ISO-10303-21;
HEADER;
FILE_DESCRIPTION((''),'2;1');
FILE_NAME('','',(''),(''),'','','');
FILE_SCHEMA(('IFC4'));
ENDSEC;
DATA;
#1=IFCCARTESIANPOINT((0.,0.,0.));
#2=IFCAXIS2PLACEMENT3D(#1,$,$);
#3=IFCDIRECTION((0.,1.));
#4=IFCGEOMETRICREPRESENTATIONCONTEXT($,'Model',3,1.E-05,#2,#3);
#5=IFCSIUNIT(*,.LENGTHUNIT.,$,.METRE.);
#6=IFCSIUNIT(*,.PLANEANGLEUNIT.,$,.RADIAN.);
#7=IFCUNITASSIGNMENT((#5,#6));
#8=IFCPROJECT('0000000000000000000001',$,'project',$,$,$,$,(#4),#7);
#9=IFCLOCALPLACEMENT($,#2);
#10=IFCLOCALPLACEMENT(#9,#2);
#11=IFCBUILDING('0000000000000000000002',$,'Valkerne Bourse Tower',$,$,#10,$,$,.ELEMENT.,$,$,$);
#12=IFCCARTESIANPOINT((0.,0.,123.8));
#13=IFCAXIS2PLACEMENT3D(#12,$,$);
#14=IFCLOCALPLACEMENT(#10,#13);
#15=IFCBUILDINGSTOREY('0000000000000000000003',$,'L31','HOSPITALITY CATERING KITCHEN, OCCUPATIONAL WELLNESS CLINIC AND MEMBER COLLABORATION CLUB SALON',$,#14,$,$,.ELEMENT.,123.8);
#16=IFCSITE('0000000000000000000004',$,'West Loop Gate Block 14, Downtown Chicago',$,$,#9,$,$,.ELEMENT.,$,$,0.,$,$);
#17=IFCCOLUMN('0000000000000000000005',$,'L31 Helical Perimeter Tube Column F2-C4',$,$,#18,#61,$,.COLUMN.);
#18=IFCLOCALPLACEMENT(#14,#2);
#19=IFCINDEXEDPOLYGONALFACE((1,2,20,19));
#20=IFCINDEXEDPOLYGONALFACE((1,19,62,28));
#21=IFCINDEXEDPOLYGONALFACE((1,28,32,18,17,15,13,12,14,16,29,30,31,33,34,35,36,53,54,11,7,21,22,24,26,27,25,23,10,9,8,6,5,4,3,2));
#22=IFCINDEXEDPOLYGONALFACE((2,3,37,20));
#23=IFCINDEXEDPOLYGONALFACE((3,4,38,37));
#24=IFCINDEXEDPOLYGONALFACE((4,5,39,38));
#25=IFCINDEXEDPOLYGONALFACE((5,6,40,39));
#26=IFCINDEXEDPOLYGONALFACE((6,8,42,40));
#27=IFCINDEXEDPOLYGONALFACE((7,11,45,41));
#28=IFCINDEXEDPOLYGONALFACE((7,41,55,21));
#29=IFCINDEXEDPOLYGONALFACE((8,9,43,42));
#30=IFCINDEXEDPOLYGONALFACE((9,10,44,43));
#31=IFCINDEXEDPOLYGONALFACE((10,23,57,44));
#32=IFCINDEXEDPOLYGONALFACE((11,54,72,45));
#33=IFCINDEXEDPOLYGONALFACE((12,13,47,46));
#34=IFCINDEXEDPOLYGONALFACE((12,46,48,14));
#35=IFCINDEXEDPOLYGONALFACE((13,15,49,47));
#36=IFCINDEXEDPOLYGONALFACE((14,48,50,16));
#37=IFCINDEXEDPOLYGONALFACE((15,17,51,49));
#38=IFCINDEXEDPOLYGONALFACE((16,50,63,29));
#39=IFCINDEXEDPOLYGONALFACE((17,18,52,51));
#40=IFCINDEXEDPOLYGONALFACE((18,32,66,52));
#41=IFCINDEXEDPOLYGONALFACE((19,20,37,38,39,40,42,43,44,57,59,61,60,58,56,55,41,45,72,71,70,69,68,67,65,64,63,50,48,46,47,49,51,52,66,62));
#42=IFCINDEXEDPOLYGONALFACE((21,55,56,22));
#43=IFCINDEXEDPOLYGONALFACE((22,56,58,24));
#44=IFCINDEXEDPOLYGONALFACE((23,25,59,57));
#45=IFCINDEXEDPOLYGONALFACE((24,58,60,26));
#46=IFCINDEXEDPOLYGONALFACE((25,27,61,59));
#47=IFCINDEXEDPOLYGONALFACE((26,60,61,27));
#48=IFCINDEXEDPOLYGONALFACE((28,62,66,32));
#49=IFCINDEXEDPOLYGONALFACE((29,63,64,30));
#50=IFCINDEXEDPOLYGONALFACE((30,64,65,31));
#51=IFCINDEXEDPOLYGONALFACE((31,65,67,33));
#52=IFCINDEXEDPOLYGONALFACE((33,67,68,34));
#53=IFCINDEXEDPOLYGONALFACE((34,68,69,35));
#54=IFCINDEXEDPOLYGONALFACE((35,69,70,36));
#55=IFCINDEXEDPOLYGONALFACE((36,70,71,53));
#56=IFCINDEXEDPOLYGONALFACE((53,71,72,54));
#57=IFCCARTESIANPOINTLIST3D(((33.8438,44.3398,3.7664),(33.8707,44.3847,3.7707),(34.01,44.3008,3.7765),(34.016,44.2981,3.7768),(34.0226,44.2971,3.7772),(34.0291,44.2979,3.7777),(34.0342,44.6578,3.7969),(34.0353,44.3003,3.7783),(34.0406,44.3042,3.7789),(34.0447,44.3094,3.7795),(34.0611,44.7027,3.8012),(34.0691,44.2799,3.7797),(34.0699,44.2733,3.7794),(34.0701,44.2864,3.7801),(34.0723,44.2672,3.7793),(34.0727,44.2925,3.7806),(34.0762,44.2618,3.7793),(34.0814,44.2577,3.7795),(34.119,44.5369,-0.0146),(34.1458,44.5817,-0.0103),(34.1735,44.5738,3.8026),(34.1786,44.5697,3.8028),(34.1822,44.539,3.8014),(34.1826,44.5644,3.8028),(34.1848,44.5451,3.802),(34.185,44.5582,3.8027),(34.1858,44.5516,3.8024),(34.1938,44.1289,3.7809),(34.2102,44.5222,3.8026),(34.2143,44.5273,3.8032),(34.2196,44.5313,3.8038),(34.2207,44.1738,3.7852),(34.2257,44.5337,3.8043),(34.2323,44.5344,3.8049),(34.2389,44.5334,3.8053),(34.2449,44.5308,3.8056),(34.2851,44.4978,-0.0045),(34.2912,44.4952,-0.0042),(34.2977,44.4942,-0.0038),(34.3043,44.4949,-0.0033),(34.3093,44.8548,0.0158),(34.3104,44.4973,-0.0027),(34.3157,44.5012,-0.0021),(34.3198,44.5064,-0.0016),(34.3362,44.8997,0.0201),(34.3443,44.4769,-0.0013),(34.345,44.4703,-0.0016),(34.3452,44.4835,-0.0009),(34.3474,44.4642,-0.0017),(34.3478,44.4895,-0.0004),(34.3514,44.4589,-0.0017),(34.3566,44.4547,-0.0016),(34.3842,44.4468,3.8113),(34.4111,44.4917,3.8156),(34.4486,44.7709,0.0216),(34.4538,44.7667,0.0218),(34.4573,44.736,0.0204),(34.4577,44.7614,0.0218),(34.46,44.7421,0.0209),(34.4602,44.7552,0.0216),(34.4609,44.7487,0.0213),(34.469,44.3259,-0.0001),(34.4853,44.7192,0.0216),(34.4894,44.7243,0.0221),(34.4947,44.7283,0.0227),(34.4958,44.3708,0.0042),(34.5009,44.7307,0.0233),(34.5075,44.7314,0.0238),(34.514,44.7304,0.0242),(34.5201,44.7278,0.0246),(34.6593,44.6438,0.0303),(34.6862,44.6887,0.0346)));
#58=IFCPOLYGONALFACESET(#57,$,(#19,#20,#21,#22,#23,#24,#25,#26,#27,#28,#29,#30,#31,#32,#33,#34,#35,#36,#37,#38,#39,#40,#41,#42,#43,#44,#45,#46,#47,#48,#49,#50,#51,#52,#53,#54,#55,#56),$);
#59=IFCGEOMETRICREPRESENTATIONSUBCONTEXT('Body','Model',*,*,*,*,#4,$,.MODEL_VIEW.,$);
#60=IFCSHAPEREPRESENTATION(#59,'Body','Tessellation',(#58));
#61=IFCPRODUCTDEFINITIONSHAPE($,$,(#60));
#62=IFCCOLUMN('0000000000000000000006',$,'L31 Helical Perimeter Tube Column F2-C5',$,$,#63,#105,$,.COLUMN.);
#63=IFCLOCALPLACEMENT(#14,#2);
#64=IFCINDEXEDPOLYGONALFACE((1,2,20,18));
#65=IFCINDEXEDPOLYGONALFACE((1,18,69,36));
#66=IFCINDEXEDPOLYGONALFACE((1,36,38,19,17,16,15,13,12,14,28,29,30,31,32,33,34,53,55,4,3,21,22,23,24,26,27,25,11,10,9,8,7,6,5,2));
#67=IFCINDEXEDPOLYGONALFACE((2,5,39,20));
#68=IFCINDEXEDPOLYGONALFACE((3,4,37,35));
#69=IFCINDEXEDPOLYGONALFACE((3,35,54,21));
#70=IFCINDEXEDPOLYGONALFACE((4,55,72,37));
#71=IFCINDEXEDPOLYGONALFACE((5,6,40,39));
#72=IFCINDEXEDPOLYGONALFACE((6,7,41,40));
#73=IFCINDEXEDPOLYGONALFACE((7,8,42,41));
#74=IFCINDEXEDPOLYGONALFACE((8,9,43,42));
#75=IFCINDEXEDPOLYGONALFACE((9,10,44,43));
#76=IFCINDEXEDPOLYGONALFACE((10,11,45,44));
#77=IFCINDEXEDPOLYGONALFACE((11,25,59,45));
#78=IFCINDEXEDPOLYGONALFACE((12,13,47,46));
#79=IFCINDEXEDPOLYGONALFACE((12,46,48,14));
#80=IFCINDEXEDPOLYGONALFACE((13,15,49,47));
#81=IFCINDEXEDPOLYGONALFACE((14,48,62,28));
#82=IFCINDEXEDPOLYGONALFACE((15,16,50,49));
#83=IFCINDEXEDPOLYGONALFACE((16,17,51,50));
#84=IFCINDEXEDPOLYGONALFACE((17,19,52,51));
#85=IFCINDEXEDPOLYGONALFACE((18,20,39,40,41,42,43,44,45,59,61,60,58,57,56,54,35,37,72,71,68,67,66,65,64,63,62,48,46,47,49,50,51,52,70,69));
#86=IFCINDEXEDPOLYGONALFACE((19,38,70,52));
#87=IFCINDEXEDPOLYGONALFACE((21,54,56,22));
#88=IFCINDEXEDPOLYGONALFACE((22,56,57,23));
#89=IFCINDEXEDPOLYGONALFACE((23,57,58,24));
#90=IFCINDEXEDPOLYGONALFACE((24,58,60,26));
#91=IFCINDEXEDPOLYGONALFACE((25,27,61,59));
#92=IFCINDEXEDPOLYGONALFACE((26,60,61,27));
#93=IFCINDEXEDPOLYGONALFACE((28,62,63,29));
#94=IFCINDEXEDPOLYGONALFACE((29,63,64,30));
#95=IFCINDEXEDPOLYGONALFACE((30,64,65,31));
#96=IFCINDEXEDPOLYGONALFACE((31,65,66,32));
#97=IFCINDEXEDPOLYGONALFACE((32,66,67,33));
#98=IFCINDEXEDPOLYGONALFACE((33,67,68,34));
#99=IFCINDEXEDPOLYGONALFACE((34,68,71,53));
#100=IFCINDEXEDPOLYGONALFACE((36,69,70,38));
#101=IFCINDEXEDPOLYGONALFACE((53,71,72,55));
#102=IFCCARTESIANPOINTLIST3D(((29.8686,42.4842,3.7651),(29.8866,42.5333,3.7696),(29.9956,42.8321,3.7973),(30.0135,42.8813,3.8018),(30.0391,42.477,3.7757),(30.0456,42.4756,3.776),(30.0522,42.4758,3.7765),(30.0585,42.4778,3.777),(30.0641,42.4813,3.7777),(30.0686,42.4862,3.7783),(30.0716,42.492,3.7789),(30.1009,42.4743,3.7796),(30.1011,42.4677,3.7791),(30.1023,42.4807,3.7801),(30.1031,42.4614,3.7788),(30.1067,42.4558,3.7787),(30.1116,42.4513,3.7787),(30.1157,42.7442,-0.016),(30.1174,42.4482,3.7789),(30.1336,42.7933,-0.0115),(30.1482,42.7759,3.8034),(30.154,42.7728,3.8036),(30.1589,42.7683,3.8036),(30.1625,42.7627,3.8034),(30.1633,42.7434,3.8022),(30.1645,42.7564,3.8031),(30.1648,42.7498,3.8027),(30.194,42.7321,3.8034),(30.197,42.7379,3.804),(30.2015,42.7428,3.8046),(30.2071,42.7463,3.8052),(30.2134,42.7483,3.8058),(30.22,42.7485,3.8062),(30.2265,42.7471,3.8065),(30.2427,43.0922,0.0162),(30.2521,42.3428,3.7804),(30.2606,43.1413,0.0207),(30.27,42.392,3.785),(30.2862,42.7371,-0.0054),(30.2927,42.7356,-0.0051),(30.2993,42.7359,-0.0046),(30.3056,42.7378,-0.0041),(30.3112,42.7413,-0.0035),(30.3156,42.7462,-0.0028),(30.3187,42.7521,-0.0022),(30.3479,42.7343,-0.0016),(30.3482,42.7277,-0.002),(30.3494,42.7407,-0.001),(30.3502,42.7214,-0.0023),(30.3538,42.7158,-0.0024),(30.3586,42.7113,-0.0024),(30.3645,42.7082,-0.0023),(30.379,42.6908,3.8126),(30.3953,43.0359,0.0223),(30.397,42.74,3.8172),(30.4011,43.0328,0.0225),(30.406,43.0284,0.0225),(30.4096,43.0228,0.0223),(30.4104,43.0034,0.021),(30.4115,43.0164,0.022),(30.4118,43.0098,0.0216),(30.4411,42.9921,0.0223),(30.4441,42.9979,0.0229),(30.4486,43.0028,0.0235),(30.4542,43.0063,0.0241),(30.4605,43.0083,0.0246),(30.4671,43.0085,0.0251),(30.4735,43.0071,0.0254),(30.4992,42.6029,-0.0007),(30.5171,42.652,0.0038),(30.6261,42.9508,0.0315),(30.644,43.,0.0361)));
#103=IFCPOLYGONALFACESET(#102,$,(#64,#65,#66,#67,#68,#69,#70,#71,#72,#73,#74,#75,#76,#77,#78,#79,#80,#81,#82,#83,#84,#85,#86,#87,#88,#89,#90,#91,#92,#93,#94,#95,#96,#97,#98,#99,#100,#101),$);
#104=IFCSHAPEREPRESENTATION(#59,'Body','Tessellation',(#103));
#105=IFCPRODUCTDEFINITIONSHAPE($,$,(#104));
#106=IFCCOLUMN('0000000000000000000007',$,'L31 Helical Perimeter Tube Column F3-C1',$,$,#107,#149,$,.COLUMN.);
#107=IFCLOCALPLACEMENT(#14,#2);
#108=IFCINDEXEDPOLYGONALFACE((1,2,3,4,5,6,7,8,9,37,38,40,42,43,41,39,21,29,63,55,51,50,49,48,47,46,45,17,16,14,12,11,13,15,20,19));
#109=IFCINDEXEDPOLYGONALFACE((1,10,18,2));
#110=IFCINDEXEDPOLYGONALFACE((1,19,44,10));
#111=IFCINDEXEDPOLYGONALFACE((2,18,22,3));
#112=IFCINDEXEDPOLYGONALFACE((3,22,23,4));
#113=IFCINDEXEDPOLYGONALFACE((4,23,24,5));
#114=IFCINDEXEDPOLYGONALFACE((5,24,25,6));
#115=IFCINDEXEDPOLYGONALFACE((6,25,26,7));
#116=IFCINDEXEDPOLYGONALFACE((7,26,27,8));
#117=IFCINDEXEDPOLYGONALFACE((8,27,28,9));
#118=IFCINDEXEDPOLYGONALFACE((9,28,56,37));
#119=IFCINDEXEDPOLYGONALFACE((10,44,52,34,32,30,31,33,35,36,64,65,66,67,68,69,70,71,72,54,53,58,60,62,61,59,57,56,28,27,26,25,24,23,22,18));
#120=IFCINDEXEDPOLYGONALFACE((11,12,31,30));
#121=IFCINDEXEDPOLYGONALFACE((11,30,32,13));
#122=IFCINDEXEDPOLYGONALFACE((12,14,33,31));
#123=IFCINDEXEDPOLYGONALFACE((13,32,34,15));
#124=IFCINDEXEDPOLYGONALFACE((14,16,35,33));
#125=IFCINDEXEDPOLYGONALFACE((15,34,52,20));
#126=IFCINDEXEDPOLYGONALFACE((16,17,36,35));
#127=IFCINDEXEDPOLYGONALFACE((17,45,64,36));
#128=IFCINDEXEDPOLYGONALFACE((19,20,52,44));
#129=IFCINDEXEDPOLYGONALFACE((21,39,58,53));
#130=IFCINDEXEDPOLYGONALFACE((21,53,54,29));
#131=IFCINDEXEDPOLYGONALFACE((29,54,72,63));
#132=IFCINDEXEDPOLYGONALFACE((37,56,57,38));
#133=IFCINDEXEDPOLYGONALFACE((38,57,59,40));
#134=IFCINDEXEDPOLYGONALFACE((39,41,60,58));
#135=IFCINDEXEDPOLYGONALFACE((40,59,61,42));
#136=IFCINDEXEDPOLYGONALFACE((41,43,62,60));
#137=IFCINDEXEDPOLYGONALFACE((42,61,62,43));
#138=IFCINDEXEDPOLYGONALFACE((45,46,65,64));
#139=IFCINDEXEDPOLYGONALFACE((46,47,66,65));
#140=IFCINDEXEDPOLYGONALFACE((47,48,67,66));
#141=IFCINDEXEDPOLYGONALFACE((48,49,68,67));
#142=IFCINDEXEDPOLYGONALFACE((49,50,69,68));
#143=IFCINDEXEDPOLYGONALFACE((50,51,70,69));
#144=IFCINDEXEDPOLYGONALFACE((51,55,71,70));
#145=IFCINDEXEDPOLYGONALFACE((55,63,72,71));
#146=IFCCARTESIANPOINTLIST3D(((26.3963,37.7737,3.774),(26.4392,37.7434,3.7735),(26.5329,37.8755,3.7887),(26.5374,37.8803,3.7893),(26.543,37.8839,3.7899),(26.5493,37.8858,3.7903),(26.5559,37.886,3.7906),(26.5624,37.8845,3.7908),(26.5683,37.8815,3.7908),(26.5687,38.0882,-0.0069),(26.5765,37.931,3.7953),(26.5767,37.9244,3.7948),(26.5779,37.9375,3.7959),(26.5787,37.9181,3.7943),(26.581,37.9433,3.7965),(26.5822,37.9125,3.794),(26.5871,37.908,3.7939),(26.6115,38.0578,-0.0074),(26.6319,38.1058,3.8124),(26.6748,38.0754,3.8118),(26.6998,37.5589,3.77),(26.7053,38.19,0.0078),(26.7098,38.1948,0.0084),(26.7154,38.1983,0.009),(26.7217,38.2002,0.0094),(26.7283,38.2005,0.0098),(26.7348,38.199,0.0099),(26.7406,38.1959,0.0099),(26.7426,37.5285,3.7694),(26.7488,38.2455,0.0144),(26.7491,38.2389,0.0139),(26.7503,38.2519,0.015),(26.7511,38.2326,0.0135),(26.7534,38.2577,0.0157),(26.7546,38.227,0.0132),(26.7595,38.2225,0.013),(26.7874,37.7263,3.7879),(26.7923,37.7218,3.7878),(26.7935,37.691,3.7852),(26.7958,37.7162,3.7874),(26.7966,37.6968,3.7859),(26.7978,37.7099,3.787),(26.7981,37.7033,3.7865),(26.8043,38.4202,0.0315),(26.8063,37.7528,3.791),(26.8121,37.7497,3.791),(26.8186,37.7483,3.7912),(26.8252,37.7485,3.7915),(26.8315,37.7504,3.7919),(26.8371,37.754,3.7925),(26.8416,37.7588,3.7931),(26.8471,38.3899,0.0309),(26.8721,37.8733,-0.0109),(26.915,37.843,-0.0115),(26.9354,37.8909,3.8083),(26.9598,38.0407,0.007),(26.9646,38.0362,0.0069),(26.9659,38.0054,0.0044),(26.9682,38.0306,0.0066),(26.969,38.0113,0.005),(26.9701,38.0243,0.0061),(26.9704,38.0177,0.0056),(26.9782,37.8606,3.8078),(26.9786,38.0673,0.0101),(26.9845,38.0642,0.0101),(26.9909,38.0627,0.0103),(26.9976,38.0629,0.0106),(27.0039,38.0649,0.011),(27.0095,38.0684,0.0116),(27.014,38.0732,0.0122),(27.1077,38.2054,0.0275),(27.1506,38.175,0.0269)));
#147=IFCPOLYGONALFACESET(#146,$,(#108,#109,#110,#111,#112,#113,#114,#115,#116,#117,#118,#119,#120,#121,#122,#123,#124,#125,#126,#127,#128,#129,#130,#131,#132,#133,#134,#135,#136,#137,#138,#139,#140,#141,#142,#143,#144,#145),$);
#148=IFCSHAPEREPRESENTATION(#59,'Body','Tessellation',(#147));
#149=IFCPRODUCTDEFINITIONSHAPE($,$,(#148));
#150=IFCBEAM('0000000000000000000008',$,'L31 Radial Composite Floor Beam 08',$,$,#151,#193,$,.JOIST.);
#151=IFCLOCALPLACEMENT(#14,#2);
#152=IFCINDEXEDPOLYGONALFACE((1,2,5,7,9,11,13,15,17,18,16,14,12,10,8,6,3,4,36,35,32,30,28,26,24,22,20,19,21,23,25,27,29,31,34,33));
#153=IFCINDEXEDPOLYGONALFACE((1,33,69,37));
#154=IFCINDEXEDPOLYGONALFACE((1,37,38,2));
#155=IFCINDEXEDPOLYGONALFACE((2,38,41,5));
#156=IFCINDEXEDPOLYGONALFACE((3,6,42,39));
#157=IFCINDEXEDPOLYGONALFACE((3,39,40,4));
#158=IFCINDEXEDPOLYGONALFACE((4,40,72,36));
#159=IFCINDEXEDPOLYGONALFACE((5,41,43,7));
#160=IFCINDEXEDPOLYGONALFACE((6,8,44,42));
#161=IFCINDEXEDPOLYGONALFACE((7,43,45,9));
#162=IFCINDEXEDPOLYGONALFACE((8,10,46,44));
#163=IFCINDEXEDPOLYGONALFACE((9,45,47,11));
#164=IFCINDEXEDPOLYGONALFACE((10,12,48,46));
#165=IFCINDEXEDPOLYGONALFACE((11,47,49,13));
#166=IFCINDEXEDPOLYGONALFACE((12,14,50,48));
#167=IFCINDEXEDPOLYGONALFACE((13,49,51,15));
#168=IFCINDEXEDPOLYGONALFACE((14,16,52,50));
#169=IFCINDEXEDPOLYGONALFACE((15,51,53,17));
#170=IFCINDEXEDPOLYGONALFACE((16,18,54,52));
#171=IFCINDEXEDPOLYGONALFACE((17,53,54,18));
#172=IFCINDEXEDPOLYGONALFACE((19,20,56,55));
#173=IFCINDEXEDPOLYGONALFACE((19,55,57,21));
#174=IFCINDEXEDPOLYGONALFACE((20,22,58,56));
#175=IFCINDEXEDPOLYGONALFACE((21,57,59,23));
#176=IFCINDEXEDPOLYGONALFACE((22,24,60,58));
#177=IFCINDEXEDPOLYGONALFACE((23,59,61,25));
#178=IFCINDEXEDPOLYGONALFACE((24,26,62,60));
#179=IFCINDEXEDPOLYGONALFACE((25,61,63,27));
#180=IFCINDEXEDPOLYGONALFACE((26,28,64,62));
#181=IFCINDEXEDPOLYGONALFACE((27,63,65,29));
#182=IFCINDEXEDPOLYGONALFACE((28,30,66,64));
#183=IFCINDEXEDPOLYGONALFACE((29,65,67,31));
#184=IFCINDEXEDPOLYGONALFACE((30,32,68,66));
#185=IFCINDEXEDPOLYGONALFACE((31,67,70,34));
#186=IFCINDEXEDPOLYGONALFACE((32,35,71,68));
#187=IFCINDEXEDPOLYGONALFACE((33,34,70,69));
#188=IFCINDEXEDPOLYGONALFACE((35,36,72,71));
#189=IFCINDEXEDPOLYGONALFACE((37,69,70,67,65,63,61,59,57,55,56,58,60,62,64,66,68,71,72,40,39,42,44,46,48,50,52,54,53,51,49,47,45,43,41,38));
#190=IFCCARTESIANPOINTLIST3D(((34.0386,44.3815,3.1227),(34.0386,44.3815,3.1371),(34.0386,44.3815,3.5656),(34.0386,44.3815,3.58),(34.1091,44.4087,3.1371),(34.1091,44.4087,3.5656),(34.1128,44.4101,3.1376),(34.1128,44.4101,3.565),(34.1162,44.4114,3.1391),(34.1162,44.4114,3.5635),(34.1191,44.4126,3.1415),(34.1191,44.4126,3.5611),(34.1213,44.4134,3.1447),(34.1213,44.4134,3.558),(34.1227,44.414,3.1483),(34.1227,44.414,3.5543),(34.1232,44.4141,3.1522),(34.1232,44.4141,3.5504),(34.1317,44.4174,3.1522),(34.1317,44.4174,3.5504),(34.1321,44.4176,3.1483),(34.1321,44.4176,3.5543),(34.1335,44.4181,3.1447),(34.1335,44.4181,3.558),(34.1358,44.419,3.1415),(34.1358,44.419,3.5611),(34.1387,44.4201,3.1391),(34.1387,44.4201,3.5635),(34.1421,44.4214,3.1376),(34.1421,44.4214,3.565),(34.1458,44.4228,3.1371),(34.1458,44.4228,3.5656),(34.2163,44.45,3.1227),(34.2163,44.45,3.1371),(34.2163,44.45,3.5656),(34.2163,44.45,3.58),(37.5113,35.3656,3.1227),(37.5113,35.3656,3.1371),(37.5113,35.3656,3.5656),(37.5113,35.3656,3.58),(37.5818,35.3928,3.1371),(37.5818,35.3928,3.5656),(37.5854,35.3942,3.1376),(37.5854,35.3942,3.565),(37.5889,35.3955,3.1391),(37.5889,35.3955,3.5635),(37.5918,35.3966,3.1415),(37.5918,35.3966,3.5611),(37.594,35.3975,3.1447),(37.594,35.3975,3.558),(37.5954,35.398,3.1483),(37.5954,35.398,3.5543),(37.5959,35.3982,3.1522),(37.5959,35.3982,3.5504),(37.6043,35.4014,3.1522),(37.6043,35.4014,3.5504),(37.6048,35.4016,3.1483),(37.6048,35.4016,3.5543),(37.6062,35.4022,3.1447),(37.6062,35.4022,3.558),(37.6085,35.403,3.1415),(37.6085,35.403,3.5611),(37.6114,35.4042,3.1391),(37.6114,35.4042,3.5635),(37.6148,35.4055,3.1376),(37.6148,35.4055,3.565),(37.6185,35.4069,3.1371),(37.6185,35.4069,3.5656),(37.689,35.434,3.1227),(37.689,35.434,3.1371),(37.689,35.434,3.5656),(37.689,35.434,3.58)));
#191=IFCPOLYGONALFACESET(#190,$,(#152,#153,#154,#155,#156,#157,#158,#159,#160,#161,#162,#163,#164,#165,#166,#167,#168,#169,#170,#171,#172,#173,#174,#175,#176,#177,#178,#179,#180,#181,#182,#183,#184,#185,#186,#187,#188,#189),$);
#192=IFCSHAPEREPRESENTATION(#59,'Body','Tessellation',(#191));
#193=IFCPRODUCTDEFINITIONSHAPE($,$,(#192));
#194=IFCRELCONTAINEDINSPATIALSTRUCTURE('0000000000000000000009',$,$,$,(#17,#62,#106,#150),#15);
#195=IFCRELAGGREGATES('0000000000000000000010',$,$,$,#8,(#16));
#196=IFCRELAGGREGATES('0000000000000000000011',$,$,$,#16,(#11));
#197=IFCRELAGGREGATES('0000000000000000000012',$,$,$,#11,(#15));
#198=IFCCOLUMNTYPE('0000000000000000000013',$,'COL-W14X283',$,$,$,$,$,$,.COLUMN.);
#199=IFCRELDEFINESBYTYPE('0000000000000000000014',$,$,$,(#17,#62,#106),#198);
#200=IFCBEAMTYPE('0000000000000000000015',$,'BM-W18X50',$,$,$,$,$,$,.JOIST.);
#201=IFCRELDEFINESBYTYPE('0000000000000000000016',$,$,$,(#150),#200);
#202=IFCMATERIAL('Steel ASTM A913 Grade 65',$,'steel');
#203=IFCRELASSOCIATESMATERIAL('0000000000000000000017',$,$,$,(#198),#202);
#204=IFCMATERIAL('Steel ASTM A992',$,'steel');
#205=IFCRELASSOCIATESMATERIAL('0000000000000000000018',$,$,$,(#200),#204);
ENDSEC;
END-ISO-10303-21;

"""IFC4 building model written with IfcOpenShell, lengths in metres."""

from ifc_helpers import new_model, si_unit, direction, frame, origin, origin_2d, place, context, subcontext, project, spatial, i_section, extrude, material, material_profile, profile_set, type_object, element, save


model = new_model("IFC4")

# Units and contexts
model_context = context("Model", 3, precision=1e-05, world=origin(), true_north=direction((0.0, 1.0)))
body_context = subcontext(model_context, "Body", "Model", "MODEL_VIEW")
ifc_project = project(units=[si_unit("LENGTHUNIT", "METRE"), si_unit("PLANEANGLEUNIT", "RADIAN")], contexts=[model_context])

# Site, building, storey
site_placement = place(None, origin())
site = spatial("IfcSite", under=ifc_project, at=site_placement, Name="West Loop Gate Block 14, Downtown Chicago", CompositionType="ELEMENT", RefElevation=0.0)
building_placement = place(site_placement, origin())
building = spatial("IfcBuilding", under=site, at=building_placement, Name="Valkerne Bourse Tower", CompositionType="ELEMENT")
storey_placement = place(building_placement, frame((0.0, 0.0, 123.8)))
storey = spatial("IfcBuildingStorey", under=building, at=storey_placement, Name="L31", Description="HOSPITALITY CATERING KITCHEN, OCCUPATIONAL WELLNESS CLINIC AND MEMBER COLLABORATION CLUB SALON", CompositionType="ELEMENT", Elevation=123.8)

# Columns
ifc_material_1 = material(Name="Steel ASTM A913 Grade 65", Category="steel")
ifc_material_profile_1 = material_profile(ifc_material_1, i_section(OverallWidth=0.4089, OverallDepth=0.4243, WebThickness=0.0327, FlangeThickness=0.0525, FilletRadius=0.0254, at=origin_2d()), Name="W14X283")
ifc_profile_set_1 = profile_set([ifc_material_profile_1], Name="Steel ASTM A913 Grade 65")
column_type = type_object("IfcColumnType", Name="COL-W14X283", PredefinedType="COLUMN", material=ifc_profile_set_1)
column_1_placement = place(storey_placement, frame((34.4026, 44.6128, 0.01), z_axis=(-0.072481, -0.051901, 0.996018), x_axis=(-0.855926, 0.515885, -0.035405)))
element("IfcColumn", 1, at=column_1_placement, inside=storey, type_object=column_type, Name="L31 Helical Perimeter Tube Column F2-C4", PredefinedType="COLUMN", context=body_context, shape_type="SweptSolid", body=[
    extrude(i_section(OverallWidth=0.4089, OverallDepth=0.4243, WebThickness=0.0327, FlangeThickness=0.0525, FilletRadius=0.0254, at=origin_2d()), origin(), (0.0, 0.0, 1.0), 3.7961),
])
column_2_placement = place(storey_placement, frame((30.3799, 42.8721, 0.01), z_axis=(-0.065053, -0.06846, 0.995531), x_axis=(-0.937642, 0.345574, -0.037506)))
element("IfcColumn", 2, at=column_2_placement, inside=storey, type_object=column_type, Name="L31 Helical Perimeter Tube Column F2-C5", PredefinedType="COLUMN", context=body_context, shape_type="SweptSolid", body=[
    extrude(i_section(OverallWidth=0.4089, OverallDepth=0.4243, WebThickness=0.0327, FlangeThickness=0.0525, FilletRadius=0.0254, at=origin_2d()), origin(), (0.0, 0.0, 1.0), 3.7981),
])
column_3_placement = place(storey_placement, frame((26.8596, 38.1316, 0.01), z_axis=(-0.045383, -0.082795, 0.995533), x_axis=(-0.576134, -0.811956, -0.093792)))
element("IfcColumn", 3, at=column_3_placement, inside=storey, type_object=column_type, Name="L31 Helical Perimeter Tube Column F3-C1", PredefinedType="COLUMN", context=body_context, shape_type="SweptSolid", body=[
    extrude(i_section(OverallWidth=0.4089, OverallDepth=0.4243, WebThickness=0.0327, FlangeThickness=0.0525, FilletRadius=0.0254, at=origin_2d()), origin(), (0.0, 0.0, 1.0), 3.7979),
])

# Beam
ifc_material_2 = material(Name="Steel ASTM A992", Category="steel")
ifc_material_profile_2 = material_profile(ifc_material_2, i_section(OverallWidth=0.1904, OverallDepth=0.4573, WebThickness=0.009, FlangeThickness=0.0144, FilletRadius=0.0151, at=origin_2d()), Name="W18X50")
ifc_profile_set_2 = profile_set([ifc_material_profile_2], Name="Steel ASTM A992")
beam_type_1 = type_object("IfcBeamType", Name="BM-W18X50", PredefinedType="JOIST", material=ifc_profile_set_2)
beam_1_placement = place(storey_placement, frame((34.1274, 44.4158, 3.3513), z_axis=(0.359431, -0.933172, 0.0), x_axis=(0.933172, 0.359431, 0.0)))
element("IfcBeam", 4, at=beam_1_placement, inside=storey, type_object=beam_type_1, Name="L31 Radial Composite Floor Beam 08", PredefinedType="JOIST", context=body_context, shape_type="SweptSolid", body=[
    extrude(i_section(OverallWidth=0.1904, OverallDepth=0.4573, WebThickness=0.009, FlangeThickness=0.0144, FilletRadius=0.0151, at=origin_2d()), origin(), (0.0, 0.0, 1.0), 9.6616),
])

save(model, "model.ifc")
